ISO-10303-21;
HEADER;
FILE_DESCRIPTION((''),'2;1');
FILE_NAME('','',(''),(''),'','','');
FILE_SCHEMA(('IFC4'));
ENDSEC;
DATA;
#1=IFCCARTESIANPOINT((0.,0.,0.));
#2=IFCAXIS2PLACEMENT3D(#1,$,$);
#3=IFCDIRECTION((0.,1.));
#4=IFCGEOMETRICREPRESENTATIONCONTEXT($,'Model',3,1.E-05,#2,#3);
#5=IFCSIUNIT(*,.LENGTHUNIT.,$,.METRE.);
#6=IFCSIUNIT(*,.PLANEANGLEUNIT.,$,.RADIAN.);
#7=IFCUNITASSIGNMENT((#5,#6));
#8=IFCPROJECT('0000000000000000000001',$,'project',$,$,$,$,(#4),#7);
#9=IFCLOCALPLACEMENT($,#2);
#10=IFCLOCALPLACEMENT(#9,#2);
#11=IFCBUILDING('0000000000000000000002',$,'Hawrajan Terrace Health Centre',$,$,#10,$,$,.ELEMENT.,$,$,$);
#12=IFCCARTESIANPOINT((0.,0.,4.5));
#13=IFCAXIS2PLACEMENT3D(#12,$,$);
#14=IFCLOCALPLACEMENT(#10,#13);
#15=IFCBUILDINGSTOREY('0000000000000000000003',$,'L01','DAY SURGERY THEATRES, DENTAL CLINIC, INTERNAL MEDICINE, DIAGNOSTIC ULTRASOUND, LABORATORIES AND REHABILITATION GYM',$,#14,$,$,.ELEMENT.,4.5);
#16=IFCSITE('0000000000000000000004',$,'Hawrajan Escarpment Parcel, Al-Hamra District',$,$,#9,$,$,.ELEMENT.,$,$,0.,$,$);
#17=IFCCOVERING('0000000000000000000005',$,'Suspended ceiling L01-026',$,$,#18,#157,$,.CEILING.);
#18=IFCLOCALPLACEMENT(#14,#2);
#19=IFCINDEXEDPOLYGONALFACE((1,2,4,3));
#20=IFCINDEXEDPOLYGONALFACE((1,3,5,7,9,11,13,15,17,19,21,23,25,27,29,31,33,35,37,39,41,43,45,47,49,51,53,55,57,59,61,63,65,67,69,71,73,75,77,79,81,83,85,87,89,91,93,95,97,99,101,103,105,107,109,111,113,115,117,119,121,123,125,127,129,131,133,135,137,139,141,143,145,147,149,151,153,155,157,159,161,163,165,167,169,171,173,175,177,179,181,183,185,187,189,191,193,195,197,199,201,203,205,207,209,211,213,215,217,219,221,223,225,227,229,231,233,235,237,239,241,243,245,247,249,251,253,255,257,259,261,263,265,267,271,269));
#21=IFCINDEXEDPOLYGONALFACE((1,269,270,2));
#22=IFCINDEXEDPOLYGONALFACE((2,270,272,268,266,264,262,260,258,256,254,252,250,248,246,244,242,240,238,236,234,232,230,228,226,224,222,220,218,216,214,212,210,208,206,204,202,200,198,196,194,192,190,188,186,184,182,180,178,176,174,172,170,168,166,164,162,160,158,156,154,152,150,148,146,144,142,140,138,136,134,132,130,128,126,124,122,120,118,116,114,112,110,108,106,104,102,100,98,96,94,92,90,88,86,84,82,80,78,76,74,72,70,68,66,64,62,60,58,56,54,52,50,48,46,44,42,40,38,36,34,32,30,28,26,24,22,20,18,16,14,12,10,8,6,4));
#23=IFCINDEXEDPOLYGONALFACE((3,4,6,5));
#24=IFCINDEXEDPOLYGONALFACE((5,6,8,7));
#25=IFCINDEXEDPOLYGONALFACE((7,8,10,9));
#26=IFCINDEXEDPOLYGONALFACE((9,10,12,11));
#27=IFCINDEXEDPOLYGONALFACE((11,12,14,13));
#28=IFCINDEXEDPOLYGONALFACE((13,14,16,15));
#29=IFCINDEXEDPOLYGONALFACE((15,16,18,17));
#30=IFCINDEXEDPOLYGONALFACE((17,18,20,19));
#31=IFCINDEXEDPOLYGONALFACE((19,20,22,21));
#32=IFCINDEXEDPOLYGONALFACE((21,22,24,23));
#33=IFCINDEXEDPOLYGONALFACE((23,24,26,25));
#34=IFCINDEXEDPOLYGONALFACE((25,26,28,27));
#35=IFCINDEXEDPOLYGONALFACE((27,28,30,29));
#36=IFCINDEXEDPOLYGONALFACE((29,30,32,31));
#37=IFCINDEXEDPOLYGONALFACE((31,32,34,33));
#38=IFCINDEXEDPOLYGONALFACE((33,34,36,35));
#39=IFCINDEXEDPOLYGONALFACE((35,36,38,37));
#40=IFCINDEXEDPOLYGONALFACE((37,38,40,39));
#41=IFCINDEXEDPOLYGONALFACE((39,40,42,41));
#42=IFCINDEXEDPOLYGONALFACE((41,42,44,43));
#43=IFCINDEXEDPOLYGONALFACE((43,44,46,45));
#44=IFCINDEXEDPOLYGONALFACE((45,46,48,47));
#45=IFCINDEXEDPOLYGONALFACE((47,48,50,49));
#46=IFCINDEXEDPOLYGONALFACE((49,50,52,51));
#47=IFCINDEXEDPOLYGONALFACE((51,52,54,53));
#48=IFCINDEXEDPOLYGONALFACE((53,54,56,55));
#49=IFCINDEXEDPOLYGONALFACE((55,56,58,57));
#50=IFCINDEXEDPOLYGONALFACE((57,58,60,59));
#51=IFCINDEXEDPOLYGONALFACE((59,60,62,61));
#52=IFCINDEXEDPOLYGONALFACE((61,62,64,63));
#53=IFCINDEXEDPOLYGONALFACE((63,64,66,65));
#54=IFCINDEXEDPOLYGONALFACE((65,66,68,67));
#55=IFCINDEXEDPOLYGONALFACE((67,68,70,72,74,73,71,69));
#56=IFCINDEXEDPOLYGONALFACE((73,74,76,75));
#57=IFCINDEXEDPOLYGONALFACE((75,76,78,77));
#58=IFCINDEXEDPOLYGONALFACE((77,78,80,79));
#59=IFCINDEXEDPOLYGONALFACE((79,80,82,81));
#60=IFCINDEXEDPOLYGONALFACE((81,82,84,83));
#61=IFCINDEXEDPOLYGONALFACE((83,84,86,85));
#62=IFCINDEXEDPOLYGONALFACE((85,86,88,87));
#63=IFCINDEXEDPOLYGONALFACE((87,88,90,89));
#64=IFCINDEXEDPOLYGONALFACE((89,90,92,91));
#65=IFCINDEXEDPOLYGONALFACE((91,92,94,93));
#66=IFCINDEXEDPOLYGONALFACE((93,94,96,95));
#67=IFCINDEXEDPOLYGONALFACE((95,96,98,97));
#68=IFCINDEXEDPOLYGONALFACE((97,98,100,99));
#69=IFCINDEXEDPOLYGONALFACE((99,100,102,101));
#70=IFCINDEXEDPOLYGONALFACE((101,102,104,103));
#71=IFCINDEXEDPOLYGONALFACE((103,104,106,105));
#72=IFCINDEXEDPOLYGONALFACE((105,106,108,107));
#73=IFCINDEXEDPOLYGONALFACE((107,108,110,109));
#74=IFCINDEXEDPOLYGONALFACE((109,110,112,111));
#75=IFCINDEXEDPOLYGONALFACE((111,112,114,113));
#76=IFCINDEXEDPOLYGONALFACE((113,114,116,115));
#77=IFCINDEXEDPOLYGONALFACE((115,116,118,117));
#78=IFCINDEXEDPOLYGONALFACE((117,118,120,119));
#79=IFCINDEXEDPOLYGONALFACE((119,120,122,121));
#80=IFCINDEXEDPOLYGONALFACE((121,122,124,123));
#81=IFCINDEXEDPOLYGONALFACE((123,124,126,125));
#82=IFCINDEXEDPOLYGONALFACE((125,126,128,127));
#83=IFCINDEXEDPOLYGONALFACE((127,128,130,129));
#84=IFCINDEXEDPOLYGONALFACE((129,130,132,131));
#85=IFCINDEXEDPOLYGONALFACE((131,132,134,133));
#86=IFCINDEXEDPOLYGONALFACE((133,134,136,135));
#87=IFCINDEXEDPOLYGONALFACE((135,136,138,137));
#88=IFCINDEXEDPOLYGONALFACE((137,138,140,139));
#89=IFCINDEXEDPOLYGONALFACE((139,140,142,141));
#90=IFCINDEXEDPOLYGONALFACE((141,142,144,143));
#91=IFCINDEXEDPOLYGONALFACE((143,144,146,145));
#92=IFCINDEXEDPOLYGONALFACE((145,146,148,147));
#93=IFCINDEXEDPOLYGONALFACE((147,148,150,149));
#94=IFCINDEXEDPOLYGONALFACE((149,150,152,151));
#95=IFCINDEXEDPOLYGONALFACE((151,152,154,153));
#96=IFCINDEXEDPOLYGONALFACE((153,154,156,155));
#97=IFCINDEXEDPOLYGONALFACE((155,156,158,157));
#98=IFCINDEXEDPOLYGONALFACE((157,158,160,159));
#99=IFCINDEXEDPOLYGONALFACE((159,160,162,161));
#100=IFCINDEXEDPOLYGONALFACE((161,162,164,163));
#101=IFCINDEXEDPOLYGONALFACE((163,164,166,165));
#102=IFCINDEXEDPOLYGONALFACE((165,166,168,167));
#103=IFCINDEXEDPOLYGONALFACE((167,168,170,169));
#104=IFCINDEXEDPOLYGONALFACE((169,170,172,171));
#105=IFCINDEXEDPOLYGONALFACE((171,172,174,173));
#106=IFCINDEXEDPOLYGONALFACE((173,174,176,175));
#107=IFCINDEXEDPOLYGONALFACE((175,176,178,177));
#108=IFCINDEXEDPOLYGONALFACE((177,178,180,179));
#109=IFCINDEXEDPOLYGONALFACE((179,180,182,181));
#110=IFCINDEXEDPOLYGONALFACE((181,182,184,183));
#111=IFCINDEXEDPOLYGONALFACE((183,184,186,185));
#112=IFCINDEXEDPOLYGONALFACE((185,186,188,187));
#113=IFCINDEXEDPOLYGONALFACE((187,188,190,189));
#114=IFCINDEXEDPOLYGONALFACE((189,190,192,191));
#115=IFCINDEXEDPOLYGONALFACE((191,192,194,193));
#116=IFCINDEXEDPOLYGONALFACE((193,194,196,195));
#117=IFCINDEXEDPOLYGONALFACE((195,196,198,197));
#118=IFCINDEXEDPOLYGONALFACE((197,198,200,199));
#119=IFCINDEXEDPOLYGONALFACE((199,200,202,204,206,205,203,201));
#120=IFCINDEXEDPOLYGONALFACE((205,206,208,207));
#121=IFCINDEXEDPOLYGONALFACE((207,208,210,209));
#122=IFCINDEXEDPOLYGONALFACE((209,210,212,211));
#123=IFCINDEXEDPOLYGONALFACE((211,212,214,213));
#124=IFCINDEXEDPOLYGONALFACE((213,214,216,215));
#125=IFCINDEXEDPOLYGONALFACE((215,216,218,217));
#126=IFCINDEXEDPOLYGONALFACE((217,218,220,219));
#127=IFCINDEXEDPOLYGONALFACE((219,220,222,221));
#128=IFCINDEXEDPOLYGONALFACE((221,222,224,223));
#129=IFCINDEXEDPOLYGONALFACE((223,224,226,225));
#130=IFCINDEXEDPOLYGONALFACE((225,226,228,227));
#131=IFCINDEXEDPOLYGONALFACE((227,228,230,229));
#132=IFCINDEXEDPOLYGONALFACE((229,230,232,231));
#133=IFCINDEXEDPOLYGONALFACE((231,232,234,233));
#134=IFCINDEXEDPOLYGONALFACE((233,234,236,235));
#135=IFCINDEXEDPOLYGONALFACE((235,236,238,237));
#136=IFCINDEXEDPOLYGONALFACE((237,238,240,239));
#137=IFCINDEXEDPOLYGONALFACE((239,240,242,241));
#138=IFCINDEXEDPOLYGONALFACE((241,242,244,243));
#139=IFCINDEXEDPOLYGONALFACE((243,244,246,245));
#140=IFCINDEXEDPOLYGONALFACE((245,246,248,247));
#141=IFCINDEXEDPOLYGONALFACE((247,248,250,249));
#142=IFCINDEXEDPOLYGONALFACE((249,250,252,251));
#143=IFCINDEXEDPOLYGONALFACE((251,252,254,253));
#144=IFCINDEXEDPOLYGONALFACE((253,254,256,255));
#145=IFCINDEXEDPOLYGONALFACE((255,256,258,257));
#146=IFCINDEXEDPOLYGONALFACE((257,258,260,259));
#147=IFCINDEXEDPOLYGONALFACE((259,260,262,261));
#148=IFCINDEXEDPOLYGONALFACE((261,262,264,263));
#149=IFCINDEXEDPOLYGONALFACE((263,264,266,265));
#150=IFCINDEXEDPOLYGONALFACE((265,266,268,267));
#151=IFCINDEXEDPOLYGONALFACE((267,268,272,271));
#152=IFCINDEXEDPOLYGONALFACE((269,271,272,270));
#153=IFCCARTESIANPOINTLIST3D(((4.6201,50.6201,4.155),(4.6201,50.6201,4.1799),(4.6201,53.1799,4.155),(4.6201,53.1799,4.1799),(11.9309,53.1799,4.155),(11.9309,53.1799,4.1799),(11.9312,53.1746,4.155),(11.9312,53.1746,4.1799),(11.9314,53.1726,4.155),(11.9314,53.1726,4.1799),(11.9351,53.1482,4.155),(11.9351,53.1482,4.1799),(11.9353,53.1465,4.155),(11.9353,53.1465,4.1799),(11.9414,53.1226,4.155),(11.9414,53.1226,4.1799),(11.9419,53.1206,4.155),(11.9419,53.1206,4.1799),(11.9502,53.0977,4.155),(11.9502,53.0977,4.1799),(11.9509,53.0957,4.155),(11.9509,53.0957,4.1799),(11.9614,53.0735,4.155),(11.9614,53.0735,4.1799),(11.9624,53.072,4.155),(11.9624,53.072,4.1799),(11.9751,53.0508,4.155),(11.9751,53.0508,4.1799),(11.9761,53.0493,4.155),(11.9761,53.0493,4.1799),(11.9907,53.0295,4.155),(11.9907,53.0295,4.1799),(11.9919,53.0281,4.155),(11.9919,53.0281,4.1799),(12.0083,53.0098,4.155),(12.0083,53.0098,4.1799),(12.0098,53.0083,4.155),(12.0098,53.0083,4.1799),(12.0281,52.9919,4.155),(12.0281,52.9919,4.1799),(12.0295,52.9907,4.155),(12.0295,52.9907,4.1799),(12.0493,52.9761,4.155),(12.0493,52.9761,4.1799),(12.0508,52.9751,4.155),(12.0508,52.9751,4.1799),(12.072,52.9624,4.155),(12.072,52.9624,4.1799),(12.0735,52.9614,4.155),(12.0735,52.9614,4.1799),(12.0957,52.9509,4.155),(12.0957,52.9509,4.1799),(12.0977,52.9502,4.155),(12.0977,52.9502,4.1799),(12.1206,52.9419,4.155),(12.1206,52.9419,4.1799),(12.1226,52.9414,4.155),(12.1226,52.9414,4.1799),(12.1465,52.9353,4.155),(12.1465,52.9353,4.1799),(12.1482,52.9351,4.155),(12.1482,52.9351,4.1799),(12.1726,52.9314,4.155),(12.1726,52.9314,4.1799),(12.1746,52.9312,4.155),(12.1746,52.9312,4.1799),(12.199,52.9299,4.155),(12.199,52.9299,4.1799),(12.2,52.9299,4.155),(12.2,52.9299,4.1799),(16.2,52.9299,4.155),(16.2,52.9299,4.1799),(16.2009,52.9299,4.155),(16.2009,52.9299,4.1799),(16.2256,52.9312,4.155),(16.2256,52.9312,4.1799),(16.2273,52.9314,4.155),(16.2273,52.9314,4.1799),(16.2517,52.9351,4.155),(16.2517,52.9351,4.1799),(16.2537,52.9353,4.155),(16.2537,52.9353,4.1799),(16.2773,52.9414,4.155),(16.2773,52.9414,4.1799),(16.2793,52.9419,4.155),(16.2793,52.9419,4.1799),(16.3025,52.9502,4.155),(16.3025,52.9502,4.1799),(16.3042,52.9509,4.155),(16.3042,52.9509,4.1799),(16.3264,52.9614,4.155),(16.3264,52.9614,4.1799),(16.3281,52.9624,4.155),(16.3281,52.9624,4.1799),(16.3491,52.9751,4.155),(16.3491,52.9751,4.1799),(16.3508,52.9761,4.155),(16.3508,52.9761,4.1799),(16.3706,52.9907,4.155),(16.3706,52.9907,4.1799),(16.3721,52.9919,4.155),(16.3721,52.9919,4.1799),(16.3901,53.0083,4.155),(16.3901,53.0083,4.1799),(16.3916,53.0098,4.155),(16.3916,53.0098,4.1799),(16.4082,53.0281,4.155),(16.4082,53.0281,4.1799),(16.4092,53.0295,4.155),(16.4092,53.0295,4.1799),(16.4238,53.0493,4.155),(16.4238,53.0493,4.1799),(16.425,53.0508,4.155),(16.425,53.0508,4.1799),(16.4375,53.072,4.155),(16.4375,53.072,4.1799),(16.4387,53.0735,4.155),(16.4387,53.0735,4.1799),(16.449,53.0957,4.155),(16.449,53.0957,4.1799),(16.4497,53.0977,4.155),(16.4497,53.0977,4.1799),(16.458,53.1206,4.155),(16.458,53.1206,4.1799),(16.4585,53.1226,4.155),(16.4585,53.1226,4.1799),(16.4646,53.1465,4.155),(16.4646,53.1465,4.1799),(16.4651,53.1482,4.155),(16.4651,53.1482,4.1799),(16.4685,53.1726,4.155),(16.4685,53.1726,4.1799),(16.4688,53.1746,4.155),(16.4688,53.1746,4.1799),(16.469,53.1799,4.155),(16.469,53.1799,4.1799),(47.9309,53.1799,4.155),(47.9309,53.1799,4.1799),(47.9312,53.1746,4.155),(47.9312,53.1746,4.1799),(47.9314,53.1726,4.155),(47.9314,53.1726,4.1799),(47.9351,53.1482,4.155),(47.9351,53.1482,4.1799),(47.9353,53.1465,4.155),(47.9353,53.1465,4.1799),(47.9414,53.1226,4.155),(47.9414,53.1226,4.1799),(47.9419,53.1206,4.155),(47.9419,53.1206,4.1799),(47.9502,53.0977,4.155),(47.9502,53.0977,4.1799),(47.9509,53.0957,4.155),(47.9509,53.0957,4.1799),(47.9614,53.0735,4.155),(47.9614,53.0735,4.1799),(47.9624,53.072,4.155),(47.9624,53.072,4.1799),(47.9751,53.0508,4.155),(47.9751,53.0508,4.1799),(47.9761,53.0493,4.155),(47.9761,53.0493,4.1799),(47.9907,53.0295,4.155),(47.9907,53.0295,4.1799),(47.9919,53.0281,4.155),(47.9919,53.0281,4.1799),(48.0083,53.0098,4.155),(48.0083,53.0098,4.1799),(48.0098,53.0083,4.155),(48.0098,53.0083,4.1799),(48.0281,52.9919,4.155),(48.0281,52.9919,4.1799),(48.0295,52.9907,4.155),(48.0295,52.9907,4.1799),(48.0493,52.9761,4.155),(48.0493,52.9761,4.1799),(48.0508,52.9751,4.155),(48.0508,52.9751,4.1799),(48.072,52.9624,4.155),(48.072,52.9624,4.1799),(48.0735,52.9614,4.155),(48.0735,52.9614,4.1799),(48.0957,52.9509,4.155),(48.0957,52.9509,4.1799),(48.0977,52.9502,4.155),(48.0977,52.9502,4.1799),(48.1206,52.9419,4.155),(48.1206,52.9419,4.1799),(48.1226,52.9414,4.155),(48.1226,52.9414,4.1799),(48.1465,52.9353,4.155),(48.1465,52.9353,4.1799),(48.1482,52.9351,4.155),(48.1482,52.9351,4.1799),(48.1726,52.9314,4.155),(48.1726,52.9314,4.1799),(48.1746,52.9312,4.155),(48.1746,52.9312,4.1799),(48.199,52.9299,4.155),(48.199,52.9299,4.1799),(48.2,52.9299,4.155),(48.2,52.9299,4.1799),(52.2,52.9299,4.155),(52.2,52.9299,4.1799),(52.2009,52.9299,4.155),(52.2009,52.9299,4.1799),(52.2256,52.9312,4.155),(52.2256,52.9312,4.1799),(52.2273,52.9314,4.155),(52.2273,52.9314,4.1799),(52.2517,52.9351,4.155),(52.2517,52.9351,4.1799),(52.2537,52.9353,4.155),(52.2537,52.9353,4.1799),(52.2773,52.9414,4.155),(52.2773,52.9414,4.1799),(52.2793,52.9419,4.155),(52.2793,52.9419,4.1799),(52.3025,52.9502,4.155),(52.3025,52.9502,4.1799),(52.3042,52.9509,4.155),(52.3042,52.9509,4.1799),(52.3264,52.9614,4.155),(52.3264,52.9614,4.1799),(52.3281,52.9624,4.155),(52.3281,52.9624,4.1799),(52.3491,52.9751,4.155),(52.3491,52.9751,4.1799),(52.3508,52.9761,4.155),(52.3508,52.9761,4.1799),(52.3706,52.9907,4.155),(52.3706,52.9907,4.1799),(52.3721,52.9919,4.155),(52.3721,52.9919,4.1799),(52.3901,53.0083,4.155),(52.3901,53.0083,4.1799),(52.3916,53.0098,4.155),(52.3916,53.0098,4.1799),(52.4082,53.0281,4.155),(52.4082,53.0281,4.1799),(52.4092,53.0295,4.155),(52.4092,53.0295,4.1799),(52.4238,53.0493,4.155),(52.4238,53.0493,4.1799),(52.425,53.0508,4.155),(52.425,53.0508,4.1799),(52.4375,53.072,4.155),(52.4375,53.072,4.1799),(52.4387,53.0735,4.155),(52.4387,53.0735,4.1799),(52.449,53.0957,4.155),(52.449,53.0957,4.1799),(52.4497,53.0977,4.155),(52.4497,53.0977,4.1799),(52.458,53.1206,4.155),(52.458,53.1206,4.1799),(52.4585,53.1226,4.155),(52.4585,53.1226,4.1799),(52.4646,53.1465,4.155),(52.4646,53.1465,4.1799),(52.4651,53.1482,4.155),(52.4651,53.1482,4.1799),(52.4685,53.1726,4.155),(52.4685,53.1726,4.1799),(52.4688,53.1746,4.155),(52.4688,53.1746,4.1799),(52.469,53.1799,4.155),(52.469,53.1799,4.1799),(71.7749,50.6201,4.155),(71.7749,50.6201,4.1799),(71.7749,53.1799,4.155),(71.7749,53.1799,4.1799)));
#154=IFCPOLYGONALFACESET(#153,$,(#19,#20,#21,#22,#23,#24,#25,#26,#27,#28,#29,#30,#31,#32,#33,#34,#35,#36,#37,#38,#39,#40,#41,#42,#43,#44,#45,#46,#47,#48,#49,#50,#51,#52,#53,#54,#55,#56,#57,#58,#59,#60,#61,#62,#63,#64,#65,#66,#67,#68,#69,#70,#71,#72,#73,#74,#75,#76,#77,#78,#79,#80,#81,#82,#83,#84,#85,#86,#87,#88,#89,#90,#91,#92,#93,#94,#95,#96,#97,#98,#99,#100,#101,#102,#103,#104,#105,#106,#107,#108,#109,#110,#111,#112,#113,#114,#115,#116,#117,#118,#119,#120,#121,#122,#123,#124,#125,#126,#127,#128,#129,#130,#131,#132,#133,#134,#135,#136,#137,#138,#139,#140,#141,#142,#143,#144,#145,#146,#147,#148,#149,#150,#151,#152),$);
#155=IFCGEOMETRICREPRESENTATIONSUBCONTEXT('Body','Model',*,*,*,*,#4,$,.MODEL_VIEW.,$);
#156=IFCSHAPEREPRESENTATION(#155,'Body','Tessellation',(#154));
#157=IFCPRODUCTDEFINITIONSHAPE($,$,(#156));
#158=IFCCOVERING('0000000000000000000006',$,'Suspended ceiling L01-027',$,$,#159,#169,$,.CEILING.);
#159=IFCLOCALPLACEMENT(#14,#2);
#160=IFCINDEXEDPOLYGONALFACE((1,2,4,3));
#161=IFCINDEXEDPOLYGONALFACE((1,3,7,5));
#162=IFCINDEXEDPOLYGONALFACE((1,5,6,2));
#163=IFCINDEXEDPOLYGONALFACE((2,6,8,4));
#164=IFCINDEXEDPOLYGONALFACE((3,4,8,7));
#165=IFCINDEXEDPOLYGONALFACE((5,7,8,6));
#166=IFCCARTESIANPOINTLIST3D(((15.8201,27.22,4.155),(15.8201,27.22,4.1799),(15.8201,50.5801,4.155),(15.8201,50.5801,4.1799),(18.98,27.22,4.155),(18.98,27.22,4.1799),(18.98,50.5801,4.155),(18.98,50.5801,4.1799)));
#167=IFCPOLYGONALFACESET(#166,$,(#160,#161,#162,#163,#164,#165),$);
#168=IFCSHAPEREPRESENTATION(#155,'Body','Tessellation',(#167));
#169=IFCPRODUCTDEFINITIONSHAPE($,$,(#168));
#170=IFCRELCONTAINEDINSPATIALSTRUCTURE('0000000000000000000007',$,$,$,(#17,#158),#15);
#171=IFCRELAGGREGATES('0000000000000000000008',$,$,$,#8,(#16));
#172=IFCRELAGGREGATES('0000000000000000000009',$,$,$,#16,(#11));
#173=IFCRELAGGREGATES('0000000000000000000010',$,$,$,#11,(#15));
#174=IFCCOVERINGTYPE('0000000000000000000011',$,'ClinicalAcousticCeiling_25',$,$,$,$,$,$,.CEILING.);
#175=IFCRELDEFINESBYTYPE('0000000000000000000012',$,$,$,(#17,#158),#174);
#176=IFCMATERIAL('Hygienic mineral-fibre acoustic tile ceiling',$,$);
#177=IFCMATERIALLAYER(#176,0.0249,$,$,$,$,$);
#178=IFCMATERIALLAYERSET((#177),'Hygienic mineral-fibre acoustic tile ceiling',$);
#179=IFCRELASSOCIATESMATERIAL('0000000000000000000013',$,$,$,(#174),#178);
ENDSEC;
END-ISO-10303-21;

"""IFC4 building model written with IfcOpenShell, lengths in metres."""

from ifc_helpers import new_model, si_unit, direction, frame, origin, place, context, subcontext, project, spatial, polyline, outline, extrude, material, layer, layer_set, type_object, element, save


model = new_model("IFC4")

# Units and contexts
model_context = context("Model", 3, precision=1e-05, world=origin(), true_north=direction((0.0, 1.0)))
body_context = subcontext(model_context, "Body", "Model", "MODEL_VIEW")
ifc_project = project(units=[si_unit("LENGTHUNIT", "METRE"), si_unit("PLANEANGLEUNIT", "RADIAN")], contexts=[model_context])

# Site, building, storey
site_placement = place(None, origin())
site = spatial("IfcSite", under=ifc_project, at=site_placement, Name="Hawrajan Escarpment Parcel, Al-Hamra District", CompositionType="ELEMENT", RefElevation=0.0)
building_placement = place(site_placement, origin())
building = spatial("IfcBuilding", under=site, at=building_placement, Name="Hawrajan Terrace Health Centre", CompositionType="ELEMENT")
storey_placement = place(building_placement, frame((0.0, 0.0, 4.5)))
storey = spatial("IfcBuildingStorey", under=building, at=storey_placement, Name="L01", Description="DAY SURGERY THEATRES, DENTAL CLINIC, INTERNAL MEDICINE, DIAGNOSTIC ULTRASOUND, LABORATORIES AND REHABILITATION GYM", CompositionType="ELEMENT", Elevation=4.5)

# Coverings
ifc_material_1 = material(Name="Hygienic mineral-fibre acoustic tile ceiling")
ifc_layer_1 = layer(ifc_material_1, 0.0249)
ifc_layer_set_1 = layer_set([ifc_layer_1], Name="Hygienic mineral-fibre acoustic tile ceiling")
covering_type_1 = type_object("IfcCoveringType", Name="ClinicalAcousticCeiling_25", PredefinedType="CEILING", material=ifc_layer_set_1)
covering_1_placement = place(storey_placement, frame((0.0, 0.0, 4.155)))
element("IfcCovering", 1, at=covering_1_placement, inside=storey, type_object=covering_type_1, Name="Suspended ceiling L01-026", PredefinedType="CEILING", context=body_context, shape_type="SweptSolid", body=[
    extrude(outline(polyline([(71.7749, 53.1799), (71.7749, 50.6201), (4.6201, 50.6201), (4.6201, 53.1799), (11.9309, 53.1799), (11.9312, 53.1746), (11.9314, 53.1726), (11.9351, 53.1482), (11.9353, 53.1465), (11.9414, 53.1226), (11.9419, 53.1206), (11.9502, 53.0977), (11.9509, 53.0957), (11.9614, 53.0735), (11.9624, 53.072), (11.9751, 53.0508), (11.9761, 53.0493), (11.9907, 53.0295), (11.9919, 53.0281), (12.0083, 53.0098), (12.0098, 53.0083), (12.0281, 52.9919), (12.0295, 52.9907), (12.0493, 52.9761), (12.0508, 52.9751), (12.072, 52.9624), (12.0735, 52.9614), (12.0957, 52.9509), (12.0977, 52.9502), (12.1206, 52.9419), (12.1226, 52.9414), (12.1465, 52.9353), (12.1482, 52.9351), (12.1726, 52.9314), (12.1746, 52.9312), (12.199, 52.9299), (12.2, 52.9299), (16.2, 52.9299), (16.2009, 52.9299), (16.2256, 52.9312), (16.2273, 52.9314), (16.2517, 52.9351), (16.2537, 52.9353), (16.2773, 52.9414), (16.2793, 52.9419), (16.3025, 52.9502), (16.3042, 52.9509), (16.3264, 52.9614), (16.3281, 52.9624), (16.3491, 52.9751), (16.3508, 52.9761), (16.3706, 52.9907), (16.3721, 52.9919), (16.3901, 53.0083), (16.3916, 53.0098), (16.4082, 53.0281), (16.4092, 53.0295), (16.4238, 53.0493), (16.425, 53.0508), (16.4375, 53.072), (16.4387, 53.0735), (16.449, 53.0957), (16.4497, 53.0977), (16.458, 53.1206), (16.4585, 53.1226), (16.4646, 53.1465), (16.4651, 53.1482), (16.4685, 53.1726), (16.4688, 53.1746), (16.469, 53.1799), (47.9309, 53.1799), (47.9312, 53.1746), (47.9314, 53.1726), (47.9351, 53.1482), (47.9353, 53.1465), (47.9414, 53.1226), (47.9419, 53.1206), (47.9502, 53.0977), (47.9509, 53.0957), (47.9614, 53.0735), (47.9624, 53.072), (47.9751, 53.0508), (47.9761, 53.0493), (47.9907, 53.0295), (47.9919, 53.0281), (48.0083, 53.0098), (48.0098, 53.0083), (48.0281, 52.9919), (48.0295, 52.9907), (48.0493, 52.9761), (48.0508, 52.9751), (48.072, 52.9624), (48.0735, 52.9614), (48.0957, 52.9509), (48.0977, 52.9502), (48.1206, 52.9419), (48.1226, 52.9414), (48.1465, 52.9353), (48.1482, 52.9351), (48.1726, 52.9314), (48.1746, 52.9312), (48.199, 52.9299), (48.2, 52.9299), (52.2, 52.9299), (52.2009, 52.9299), (52.2256, 52.9312), (52.2273, 52.9314), (52.2517, 52.9351), (52.2537, 52.9353), (52.2773, 52.9414), (52.2793, 52.9419), (52.3025, 52.9502), (52.3042, 52.9509), (52.3264, 52.9614), (52.3281, 52.9624), (52.3491, 52.9751), (52.3508, 52.9761), (52.3706, 52.9907), (52.3721, 52.9919), (52.3901, 53.0083), (52.3916, 53.0098), (52.4082, 53.0281), (52.4092, 53.0295), (52.4238, 53.0493), (52.425, 53.0508), (52.4375, 53.072), (52.4387, 53.0735), (52.449, 53.0957), (52.4497, 53.0977), (52.458, 53.1206), (52.4585, 53.1226), (52.4646, 53.1465), (52.4651, 53.1482), (52.4685, 53.1726), (52.4688, 53.1746), (52.469, 53.1799), (71.7749, 53.1799)])), origin(), (0.0, 0.0, 1.0), 0.0249),
])
covering_2_placement = place(storey_placement, frame((0.0, 0.0, 4.155)))
element("IfcCovering", 2, at=covering_2_placement, inside=storey, type_object=covering_type_1, Name="Suspended ceiling L01-027", PredefinedType="CEILING", context=body_context, shape_type="SweptSolid", body=[
    extrude(outline(polyline([(15.8201, 50.5801), (18.98, 50.5801), (18.98, 27.22), (15.8201, 27.22), (15.8201, 50.5801)])), origin(), (0.0, 0.0, 1.0), 0.0249),
])

save(model, "model.ifc")
